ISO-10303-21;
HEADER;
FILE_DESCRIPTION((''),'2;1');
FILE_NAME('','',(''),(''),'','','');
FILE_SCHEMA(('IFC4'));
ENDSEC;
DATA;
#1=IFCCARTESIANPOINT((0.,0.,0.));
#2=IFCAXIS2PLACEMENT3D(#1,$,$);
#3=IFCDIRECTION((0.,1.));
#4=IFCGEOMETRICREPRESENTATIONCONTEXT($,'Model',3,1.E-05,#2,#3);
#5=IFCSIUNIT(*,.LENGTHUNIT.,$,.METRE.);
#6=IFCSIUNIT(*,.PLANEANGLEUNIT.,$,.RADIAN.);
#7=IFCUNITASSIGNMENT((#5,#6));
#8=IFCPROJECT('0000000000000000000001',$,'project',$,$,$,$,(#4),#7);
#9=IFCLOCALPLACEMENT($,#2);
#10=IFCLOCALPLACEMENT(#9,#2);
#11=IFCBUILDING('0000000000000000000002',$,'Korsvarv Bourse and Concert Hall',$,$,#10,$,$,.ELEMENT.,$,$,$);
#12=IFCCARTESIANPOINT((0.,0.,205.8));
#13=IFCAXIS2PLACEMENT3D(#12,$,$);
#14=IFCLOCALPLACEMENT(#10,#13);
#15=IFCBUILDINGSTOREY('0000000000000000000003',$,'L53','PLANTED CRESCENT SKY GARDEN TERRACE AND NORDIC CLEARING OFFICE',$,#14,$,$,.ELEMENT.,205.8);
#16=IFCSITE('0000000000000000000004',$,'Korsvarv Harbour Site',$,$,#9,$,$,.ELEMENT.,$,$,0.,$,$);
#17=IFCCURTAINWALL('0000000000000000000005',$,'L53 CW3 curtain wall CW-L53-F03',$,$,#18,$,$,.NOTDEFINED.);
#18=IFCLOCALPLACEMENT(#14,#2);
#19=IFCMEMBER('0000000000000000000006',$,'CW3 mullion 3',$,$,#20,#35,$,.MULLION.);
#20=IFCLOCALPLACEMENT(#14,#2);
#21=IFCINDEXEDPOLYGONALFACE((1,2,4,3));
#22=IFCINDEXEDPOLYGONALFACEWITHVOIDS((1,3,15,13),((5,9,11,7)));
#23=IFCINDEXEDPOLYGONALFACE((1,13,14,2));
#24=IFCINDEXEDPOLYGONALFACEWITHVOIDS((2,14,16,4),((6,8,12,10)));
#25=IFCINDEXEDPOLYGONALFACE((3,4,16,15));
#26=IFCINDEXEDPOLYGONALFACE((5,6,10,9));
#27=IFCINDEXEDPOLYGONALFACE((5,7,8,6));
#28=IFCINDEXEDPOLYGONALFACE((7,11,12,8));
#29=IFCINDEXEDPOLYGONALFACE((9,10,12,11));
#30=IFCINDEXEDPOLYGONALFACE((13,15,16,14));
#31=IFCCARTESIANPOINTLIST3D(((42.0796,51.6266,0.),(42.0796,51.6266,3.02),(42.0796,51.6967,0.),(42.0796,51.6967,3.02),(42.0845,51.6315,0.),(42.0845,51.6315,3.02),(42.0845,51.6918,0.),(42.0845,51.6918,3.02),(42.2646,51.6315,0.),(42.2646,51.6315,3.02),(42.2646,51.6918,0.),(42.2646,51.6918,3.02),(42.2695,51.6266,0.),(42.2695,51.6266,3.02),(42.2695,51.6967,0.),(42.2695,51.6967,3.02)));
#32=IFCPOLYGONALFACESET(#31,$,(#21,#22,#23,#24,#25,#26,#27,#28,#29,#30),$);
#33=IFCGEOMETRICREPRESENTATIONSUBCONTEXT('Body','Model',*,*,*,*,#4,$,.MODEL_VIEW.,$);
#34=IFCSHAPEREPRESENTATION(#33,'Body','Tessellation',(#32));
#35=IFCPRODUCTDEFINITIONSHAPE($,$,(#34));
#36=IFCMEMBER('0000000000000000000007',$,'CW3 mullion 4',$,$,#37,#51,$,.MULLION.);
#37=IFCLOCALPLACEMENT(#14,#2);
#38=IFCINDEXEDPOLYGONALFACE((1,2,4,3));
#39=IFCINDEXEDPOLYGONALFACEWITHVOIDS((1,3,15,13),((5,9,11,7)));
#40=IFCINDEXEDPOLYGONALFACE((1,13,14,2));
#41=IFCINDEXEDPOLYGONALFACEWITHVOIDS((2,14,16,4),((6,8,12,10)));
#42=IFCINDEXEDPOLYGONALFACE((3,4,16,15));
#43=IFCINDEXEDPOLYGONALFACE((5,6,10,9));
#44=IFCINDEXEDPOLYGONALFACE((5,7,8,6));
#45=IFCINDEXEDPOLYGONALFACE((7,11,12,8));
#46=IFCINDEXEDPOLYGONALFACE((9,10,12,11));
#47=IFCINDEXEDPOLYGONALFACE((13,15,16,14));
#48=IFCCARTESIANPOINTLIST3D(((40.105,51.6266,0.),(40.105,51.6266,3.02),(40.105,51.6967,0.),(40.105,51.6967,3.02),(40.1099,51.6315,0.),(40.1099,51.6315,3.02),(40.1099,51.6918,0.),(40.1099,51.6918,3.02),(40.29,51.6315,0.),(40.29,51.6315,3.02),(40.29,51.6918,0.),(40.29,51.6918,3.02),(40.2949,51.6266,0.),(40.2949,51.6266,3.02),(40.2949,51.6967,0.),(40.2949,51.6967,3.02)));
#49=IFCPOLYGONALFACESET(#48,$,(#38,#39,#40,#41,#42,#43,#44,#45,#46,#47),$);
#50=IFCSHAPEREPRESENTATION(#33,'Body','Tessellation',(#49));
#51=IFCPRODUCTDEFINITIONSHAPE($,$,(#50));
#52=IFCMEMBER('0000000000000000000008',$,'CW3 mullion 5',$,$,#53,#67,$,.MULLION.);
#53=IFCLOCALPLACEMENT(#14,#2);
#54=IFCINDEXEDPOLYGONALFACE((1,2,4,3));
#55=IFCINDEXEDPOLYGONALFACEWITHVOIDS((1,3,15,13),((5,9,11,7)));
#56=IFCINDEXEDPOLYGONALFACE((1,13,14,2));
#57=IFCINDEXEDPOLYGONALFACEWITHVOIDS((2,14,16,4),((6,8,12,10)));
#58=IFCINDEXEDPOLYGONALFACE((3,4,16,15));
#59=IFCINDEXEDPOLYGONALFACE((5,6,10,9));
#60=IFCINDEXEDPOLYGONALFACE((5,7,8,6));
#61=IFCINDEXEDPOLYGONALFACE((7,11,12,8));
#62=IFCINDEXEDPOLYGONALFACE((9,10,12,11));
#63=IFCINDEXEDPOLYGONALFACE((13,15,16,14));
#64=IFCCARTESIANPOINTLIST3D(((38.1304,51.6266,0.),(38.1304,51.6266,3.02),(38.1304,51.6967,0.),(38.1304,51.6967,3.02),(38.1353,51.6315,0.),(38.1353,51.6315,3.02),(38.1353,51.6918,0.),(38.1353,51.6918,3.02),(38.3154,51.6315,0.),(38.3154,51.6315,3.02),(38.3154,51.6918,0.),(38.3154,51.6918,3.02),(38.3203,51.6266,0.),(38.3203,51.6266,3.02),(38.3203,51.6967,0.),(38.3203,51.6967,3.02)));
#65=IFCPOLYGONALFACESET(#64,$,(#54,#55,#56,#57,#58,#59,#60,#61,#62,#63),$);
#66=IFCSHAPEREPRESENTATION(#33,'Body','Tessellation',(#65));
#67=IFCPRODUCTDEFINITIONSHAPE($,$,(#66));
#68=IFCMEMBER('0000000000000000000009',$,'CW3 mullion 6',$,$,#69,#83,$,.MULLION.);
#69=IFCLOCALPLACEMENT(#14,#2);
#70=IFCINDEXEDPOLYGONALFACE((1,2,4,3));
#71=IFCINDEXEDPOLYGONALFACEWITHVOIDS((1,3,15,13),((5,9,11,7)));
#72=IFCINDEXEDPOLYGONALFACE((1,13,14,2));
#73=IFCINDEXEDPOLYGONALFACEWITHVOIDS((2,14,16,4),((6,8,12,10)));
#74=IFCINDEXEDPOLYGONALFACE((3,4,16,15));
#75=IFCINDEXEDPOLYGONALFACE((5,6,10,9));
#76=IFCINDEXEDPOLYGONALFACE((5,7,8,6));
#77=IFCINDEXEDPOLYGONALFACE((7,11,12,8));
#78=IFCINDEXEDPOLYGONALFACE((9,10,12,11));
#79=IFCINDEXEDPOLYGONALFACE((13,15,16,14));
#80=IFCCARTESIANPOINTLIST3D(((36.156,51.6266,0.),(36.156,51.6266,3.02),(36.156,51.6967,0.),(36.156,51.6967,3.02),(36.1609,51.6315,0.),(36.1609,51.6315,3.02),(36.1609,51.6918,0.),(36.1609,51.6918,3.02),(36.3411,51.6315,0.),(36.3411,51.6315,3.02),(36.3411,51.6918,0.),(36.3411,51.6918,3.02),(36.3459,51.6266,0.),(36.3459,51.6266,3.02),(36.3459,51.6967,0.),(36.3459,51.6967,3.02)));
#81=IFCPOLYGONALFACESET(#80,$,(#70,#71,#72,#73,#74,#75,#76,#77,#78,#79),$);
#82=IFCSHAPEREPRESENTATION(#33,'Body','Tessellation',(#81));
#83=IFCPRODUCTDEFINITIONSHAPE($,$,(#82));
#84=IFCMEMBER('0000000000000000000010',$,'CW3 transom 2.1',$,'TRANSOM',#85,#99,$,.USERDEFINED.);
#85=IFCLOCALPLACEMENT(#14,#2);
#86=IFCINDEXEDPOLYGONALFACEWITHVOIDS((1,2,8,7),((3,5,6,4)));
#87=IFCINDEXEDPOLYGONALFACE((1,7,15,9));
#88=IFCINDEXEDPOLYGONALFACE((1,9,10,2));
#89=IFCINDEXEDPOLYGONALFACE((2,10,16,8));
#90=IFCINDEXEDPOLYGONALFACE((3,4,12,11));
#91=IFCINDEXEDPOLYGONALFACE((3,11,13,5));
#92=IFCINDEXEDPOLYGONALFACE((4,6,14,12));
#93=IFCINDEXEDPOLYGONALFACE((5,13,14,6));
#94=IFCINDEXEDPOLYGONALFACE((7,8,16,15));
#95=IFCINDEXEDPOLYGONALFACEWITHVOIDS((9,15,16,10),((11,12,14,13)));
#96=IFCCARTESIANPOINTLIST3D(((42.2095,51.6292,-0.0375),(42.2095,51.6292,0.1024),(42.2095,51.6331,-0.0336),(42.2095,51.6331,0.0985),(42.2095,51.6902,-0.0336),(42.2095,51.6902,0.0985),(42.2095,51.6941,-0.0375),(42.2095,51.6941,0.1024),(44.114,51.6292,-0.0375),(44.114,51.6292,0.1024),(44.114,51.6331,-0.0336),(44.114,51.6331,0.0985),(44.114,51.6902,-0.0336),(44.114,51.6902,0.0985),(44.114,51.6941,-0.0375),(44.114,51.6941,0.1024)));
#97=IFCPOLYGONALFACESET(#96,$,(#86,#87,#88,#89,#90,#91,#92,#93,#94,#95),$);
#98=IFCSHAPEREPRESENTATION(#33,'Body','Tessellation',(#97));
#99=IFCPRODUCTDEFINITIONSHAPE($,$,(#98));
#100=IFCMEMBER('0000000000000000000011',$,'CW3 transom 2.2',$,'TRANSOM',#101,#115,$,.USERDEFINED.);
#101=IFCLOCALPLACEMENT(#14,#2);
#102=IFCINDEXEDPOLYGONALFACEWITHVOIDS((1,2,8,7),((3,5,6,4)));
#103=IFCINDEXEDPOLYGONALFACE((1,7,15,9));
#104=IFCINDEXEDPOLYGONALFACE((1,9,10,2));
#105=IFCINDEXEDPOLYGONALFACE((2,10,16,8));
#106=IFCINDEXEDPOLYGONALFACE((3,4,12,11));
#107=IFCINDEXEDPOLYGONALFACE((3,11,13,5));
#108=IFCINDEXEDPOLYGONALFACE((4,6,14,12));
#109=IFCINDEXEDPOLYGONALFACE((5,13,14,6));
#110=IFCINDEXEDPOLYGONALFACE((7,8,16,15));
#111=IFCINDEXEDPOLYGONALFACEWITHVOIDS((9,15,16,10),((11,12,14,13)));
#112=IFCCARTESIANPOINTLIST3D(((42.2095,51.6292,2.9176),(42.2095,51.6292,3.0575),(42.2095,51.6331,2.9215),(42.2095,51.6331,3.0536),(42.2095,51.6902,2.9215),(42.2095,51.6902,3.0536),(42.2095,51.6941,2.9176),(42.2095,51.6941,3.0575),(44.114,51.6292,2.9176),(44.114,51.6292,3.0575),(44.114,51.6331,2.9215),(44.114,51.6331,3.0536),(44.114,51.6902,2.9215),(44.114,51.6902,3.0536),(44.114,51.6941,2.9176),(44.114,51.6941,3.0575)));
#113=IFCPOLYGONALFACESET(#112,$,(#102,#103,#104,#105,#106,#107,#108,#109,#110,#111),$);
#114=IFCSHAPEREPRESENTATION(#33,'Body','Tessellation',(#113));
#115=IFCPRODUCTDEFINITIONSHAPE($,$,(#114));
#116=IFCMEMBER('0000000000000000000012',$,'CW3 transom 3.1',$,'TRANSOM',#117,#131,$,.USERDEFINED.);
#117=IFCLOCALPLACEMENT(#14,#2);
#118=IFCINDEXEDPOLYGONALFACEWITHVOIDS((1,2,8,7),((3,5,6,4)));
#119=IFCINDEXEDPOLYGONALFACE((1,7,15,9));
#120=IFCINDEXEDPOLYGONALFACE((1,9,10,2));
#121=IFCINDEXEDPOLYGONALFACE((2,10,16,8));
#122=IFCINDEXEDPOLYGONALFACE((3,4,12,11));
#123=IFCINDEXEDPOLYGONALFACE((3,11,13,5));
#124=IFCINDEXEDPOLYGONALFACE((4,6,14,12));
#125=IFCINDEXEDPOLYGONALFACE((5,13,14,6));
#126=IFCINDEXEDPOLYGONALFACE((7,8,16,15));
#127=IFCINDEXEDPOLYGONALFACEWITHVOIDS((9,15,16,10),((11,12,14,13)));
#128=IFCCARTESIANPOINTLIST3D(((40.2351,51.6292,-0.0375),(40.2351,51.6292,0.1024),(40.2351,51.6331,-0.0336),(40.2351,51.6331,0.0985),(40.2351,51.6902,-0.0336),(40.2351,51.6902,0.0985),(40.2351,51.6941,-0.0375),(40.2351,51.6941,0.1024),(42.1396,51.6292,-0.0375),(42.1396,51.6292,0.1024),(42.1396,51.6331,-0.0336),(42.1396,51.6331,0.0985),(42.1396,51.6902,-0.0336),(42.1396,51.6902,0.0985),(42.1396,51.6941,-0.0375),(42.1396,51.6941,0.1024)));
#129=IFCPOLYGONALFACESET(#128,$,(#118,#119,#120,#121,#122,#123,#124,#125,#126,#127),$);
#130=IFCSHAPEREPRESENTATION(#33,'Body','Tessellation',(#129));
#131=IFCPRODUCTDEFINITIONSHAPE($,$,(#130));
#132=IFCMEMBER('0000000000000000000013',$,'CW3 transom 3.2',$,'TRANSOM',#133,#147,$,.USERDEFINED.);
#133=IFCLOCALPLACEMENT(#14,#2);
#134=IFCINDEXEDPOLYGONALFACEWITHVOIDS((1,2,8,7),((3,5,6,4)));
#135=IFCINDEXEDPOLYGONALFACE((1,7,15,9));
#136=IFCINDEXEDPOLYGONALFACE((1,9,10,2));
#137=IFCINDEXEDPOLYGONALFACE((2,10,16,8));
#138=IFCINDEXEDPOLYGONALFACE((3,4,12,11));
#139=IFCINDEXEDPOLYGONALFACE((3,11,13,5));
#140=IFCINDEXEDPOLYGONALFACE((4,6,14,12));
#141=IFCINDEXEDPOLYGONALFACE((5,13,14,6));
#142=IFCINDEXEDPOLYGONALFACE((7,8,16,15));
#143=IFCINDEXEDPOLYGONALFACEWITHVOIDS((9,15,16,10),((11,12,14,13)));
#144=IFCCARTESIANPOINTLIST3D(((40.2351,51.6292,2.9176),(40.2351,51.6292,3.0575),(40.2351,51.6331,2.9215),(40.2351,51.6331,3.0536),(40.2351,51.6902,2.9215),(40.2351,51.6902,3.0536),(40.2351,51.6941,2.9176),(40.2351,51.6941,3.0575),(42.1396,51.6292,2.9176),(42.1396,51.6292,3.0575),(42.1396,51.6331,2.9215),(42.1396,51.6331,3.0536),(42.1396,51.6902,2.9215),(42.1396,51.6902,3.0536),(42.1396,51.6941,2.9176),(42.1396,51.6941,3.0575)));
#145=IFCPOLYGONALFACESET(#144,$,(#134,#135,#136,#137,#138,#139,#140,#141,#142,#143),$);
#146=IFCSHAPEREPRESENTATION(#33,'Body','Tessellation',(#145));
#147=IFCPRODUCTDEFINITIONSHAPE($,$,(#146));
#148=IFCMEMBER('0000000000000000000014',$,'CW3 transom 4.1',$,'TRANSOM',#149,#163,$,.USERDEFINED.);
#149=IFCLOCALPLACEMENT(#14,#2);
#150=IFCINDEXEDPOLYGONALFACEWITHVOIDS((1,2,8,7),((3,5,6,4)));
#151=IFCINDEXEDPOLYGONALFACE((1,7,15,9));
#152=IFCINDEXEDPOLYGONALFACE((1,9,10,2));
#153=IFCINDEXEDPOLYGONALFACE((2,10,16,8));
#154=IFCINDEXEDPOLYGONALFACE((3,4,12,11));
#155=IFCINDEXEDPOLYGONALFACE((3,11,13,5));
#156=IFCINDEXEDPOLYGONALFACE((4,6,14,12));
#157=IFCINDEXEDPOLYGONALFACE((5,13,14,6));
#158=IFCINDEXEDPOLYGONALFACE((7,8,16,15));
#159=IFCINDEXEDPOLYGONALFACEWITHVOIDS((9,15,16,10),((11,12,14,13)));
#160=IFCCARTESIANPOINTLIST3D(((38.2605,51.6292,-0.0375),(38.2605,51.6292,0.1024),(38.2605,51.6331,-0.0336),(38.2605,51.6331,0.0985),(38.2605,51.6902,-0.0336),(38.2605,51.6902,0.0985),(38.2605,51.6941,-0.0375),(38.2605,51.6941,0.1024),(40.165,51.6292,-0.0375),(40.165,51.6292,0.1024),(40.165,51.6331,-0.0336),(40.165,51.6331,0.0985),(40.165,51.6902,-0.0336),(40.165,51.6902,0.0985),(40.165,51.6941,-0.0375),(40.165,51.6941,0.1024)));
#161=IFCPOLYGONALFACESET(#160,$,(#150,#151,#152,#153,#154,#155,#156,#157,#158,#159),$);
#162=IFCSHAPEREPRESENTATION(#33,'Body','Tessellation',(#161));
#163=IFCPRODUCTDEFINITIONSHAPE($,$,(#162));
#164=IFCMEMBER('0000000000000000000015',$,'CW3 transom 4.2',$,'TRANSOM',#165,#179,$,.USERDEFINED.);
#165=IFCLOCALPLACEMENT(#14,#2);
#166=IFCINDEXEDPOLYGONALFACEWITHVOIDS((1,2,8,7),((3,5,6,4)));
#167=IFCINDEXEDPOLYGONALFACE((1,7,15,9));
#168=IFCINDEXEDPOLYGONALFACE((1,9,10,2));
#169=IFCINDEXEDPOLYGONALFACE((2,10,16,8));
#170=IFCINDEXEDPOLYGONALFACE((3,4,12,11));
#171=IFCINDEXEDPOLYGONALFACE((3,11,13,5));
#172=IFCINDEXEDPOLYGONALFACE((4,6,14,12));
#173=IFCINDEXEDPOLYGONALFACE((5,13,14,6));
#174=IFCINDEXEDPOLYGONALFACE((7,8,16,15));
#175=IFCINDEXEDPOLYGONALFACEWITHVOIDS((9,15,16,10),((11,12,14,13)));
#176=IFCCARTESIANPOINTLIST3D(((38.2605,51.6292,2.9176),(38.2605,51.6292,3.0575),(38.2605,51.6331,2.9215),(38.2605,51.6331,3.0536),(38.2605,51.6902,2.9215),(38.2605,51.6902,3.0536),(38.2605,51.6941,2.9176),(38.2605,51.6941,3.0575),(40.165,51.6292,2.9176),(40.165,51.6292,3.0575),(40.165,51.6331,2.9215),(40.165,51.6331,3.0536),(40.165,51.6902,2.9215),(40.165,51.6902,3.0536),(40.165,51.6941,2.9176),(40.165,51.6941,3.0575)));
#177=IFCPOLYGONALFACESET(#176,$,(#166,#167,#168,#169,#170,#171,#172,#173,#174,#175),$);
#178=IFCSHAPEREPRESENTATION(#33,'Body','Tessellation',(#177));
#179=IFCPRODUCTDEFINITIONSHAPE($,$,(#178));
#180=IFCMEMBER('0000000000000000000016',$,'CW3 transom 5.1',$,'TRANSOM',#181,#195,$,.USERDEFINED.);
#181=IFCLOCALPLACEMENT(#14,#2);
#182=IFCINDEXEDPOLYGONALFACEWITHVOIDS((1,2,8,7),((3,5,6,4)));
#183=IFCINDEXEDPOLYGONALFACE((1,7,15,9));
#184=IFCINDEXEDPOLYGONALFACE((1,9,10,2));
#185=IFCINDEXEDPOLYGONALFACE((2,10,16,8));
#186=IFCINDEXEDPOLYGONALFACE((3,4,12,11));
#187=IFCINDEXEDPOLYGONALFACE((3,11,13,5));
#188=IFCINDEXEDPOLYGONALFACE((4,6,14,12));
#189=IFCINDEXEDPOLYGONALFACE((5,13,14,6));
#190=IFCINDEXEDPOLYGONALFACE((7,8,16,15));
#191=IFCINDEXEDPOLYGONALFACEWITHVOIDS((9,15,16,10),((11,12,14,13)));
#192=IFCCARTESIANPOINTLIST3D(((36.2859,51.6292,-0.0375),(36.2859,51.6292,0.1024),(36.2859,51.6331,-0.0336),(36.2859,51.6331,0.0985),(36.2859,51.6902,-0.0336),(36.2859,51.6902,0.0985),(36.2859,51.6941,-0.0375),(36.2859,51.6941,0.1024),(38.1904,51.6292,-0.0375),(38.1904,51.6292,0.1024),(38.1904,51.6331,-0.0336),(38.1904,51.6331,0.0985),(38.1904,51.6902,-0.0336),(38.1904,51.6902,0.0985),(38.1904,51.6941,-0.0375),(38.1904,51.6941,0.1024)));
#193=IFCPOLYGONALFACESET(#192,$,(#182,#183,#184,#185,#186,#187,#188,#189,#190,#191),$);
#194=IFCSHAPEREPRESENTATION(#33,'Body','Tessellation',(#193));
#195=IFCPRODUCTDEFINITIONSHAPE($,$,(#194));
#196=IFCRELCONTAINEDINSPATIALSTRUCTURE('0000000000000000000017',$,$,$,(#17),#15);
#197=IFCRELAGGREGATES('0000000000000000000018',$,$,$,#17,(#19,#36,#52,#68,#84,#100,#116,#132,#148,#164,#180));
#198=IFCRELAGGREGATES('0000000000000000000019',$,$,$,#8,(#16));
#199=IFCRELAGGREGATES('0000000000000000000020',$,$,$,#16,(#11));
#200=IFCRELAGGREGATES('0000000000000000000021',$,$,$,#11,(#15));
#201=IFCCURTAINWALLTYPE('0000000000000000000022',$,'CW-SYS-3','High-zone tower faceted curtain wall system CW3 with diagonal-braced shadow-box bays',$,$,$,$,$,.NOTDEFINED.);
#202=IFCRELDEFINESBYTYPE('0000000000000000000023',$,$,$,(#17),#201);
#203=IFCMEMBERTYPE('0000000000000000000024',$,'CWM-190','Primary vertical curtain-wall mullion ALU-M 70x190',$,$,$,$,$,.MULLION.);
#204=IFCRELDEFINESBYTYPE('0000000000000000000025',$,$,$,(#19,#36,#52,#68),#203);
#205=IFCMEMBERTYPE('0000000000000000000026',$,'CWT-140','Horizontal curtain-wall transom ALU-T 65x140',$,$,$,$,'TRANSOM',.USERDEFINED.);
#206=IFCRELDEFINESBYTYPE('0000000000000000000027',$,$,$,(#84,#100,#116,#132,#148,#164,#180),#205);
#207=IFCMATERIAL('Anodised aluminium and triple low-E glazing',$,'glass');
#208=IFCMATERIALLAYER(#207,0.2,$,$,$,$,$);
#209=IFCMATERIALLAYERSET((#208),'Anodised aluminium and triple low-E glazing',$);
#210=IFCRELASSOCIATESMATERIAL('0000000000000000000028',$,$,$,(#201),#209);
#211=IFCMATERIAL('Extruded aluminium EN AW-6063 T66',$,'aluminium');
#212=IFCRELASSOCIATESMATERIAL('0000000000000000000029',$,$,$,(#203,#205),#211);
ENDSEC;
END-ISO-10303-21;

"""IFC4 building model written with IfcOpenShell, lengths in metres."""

from ifc_helpers import new_model, si_unit, direction, frame, origin, origin_2d, place, context, subcontext, project, spatial, hollow_rectangle, extrude, source, transform, mapped, material, layer, layer_set, material_profile, profile_set, type_object, element, aggregate, save


model = new_model("IFC4")

# Units and contexts
model_context = context("Model", 3, precision=1e-05, world=origin(), true_north=direction((0.0, 1.0)))
body_context = subcontext(model_context, "Body", "Model", "MODEL_VIEW")
ifc_project = project(units=[si_unit("LENGTHUNIT", "METRE"), si_unit("PLANEANGLEUNIT", "RADIAN")], contexts=[model_context])

# Site, building, storey
site_placement = place(None, origin())
site = spatial("IfcSite", under=ifc_project, at=site_placement, Name="Korsvarv Harbour Site", CompositionType="ELEMENT", RefElevation=0.0)
building_placement = place(site_placement, origin())
building = spatial("IfcBuilding", under=site, at=building_placement, Name="Korsvarv Bourse and Concert Hall", CompositionType="ELEMENT")
storey_placement = place(building_placement, frame((0.0, 0.0, 205.8)))
storey = spatial("IfcBuildingStorey", under=building, at=storey_placement, Name="L53", Description="PLANTED CRESCENT SKY GARDEN TERRACE AND NORDIC CLEARING OFFICE", CompositionType="ELEMENT", Elevation=205.8)

# Curtain wall, members
ifc_material_1 = material(Name="Anodised aluminium and triple low-E glazing", Category="glass")
ifc_layer_1 = layer(ifc_material_1, 0.2)
ifc_layer_set_1 = layer_set([ifc_layer_1], Name="Anodised aluminium and triple low-E glazing")
curtain_wall_type = type_object("IfcCurtainWallType", Name="CW-SYS-3", Description="High-zone tower faceted curtain wall system CW3 with diagonal-braced shadow-box bays", PredefinedType="NOTDEFINED", material=ifc_layer_set_1)
curtain_wall_placement = place(storey_placement, origin())
curtain_wall = element("IfcCurtainWall", 1, at=curtain_wall_placement, inside=storey, type_object=curtain_wall_type, Name="L53 CW3 curtain wall CW-L53-F03", PredefinedType="NOTDEFINED")
ifc_material_2 = material(Name="Extruded aluminium EN AW-6063 T66", Category="aluminium")
ifc_material_profile_1 = material_profile(ifc_material_2, hollow_rectangle(XDim=0.0701, YDim=0.1899, WallThickness=0.0049, at=origin_2d()), Name="ALU-M 70x190")
ifc_profile_set_1 = profile_set([ifc_material_profile_1], Name="Extruded aluminium EN AW-6063 T66")
member_type_1 = type_object("IfcMemberType", Name="CWM-190", Description="Primary vertical curtain-wall mullion ALU-M 70x190", PredefinedType="MULLION", material=ifc_profile_set_1)
shared_shape_1 = source(origin(), body_context, "Body", "SweptSolid", [
    extrude(hollow_rectangle(XDim=0.0701, YDim=0.1899, WallThickness=0.0049, at=origin_2d()), origin(), (0.0, 0.0, 1.0), 3.02),
])
member_1_placement = place(storey_placement, frame((42.1746, 51.6616, 0.0), z_axis=(0.0, 0.0, 1.0), x_axis=(0.0, -1.0, 0.0)))
member_1 = element("IfcMember", 2, at=member_1_placement, type_object=member_type_1, Name="CW3 mullion 3", PredefinedType="MULLION", context=body_context, shape_type="MappedRepresentation", body=[
    mapped(shared_shape_1, transform((0.0, 0.0, 0.0), scale=1.0)),
])
member_2_placement = place(storey_placement, frame((40.2, 51.6616, 0.0), z_axis=(0.0, 0.0, 1.0), x_axis=(0.0, -1.0, 0.0)))
member_2 = element("IfcMember", 3, at=member_2_placement, type_object=member_type_1, Name="CW3 mullion 4", PredefinedType="MULLION", context=body_context, shape_type="MappedRepresentation", body=[
    mapped(shared_shape_1, transform((0.0, 0.0, 0.0), scale=1.0)),
])
member_3_placement = place(storey_placement, frame((38.2253, 51.6616, 0.0), z_axis=(0.0, 0.0, 1.0), x_axis=(0.0, -1.0, 0.0)))
member_3 = element("IfcMember", 4, at=member_3_placement, type_object=member_type_1, Name="CW3 mullion 5", PredefinedType="MULLION", context=body_context, shape_type="MappedRepresentation", body=[
    mapped(shared_shape_1, transform((0.0, 0.0, 0.0), scale=1.0)),
])
member_4_placement = place(storey_placement, frame((36.251, 51.6616, 0.0), z_axis=(0.0, 0.0, 1.0), x_axis=(0.0, -1.0, 0.0)))
member_4 = element("IfcMember", 5, at=member_4_placement, type_object=member_type_1, Name="CW3 mullion 6", PredefinedType="MULLION", context=body_context, shape_type="MappedRepresentation", body=[
    mapped(shared_shape_1, transform((0.0, 0.0, 0.0), scale=1.0)),
])
ifc_material_profile_2 = material_profile(ifc_material_2, hollow_rectangle(XDim=0.0649, YDim=0.1399, WallThickness=0.0039, at=origin_2d()), Name="ALU-T 65x140")
ifc_profile_set_2 = profile_set([ifc_material_profile_2], Name="Extruded aluminium EN AW-6063 T66")
member_type_2 = type_object("IfcMemberType", Name="CWT-140", Description="Horizontal curtain-wall transom ALU-T 65x140", ElementType="TRANSOM", PredefinedType="USERDEFINED", material=ifc_profile_set_2)
shared_shape_2 = source(origin(), body_context, "Body", "SweptSolid", [
    extrude(hollow_rectangle(XDim=0.0649, YDim=0.1399, WallThickness=0.0039, at=origin_2d()), origin(), (0.0, 0.0, 1.0), 1.9045),
])
member_5_placement = place(storey_placement, frame((44.114, 51.6616, 0.0325), z_axis=(-1.0, 0.0, 0.0), x_axis=(0.0, -1.0, 0.0)))
member_5 = element("IfcMember", 6, at=member_5_placement, type_object=member_type_2, Name="CW3 transom 2.1", ObjectType="TRANSOM", PredefinedType="USERDEFINED", context=body_context, shape_type="MappedRepresentation", body=[
    mapped(shared_shape_2, transform((0.0, 0.0, 0.0), scale=1.0)),
])
member_6_placement = place(storey_placement, frame((44.114, 51.6616, 2.9875), z_axis=(-1.0, 0.0, 0.0), x_axis=(0.0, -1.0, 0.0)))
member_6 = element("IfcMember", 7, at=member_6_placement, type_object=member_type_2, Name="CW3 transom 2.2", ObjectType="TRANSOM", PredefinedType="USERDEFINED", context=body_context, shape_type="MappedRepresentation", body=[
    mapped(shared_shape_2, transform((0.0, 0.0, 0.0), scale=1.0)),
])
member_7_placement = place(storey_placement, frame((42.1396, 51.6616, 0.0325), z_axis=(-1.0, 0.0, 0.0), x_axis=(0.0, -1.0, 0.0)))
member_7 = element("IfcMember", 8, at=member_7_placement, type_object=member_type_2, Name="CW3 transom 3.1", ObjectType="TRANSOM", PredefinedType="USERDEFINED", context=body_context, shape_type="MappedRepresentation", body=[
    mapped(shared_shape_2, transform((0.0, 0.0, 0.0), scale=1.0)),
])
member_8_placement = place(storey_placement, frame((42.1396, 51.6616, 2.9875), z_axis=(-1.0, 0.0, 0.0), x_axis=(0.0, -1.0, 0.0)))
member_8 = element("IfcMember", 9, at=member_8_placement, type_object=member_type_2, Name="CW3 transom 3.2", ObjectType="TRANSOM", PredefinedType="USERDEFINED", context=body_context, shape_type="MappedRepresentation", body=[
    mapped(shared_shape_2, transform((0.0, 0.0, 0.0), scale=1.0)),
])
member_9_placement = place(storey_placement, frame((40.165, 51.6616, 0.0325), z_axis=(-1.0, 0.0, 0.0), x_axis=(0.0, -1.0, 0.0)))
member_9 = element("IfcMember", 10, at=member_9_placement, type_object=member_type_2, Name="CW3 transom 4.1", ObjectType="TRANSOM", PredefinedType="USERDEFINED", context=body_context, shape_type="MappedRepresentation", body=[
    mapped(shared_shape_2, transform((0.0, 0.0, 0.0), scale=1.0)),
])
member_10_placement = place(storey_placement, frame((40.165, 51.6616, 2.9875), z_axis=(-1.0, 0.0, 0.0), x_axis=(0.0, -1.0, 0.0)))
member_10 = element("IfcMember", 11, at=member_10_placement, type_object=member_type_2, Name="CW3 transom 4.2", ObjectType="TRANSOM", PredefinedType="USERDEFINED", context=body_context, shape_type="MappedRepresentation", body=[
    mapped(shared_shape_2, transform((0.0, 0.0, 0.0), scale=1.0)),
])
member_11_placement = place(storey_placement, frame((38.1904, 51.6616, 0.0325), z_axis=(-1.0, 0.0, 0.0), x_axis=(0.0, -1.0, 0.0)))
member_11 = element("IfcMember", 12, at=member_11_placement, type_object=member_type_2, Name="CW3 transom 5.1", ObjectType="TRANSOM", PredefinedType="USERDEFINED", context=body_context, shape_type="MappedRepresentation", body=[
    mapped(shared_shape_2, transform((0.0, 0.0, 0.0), scale=1.0)),
])
aggregate(curtain_wall, [member_1, member_2, member_3, member_4, member_5, member_6, member_7, member_8, member_9, member_10, member_11])

save(model, "model.ifc")
